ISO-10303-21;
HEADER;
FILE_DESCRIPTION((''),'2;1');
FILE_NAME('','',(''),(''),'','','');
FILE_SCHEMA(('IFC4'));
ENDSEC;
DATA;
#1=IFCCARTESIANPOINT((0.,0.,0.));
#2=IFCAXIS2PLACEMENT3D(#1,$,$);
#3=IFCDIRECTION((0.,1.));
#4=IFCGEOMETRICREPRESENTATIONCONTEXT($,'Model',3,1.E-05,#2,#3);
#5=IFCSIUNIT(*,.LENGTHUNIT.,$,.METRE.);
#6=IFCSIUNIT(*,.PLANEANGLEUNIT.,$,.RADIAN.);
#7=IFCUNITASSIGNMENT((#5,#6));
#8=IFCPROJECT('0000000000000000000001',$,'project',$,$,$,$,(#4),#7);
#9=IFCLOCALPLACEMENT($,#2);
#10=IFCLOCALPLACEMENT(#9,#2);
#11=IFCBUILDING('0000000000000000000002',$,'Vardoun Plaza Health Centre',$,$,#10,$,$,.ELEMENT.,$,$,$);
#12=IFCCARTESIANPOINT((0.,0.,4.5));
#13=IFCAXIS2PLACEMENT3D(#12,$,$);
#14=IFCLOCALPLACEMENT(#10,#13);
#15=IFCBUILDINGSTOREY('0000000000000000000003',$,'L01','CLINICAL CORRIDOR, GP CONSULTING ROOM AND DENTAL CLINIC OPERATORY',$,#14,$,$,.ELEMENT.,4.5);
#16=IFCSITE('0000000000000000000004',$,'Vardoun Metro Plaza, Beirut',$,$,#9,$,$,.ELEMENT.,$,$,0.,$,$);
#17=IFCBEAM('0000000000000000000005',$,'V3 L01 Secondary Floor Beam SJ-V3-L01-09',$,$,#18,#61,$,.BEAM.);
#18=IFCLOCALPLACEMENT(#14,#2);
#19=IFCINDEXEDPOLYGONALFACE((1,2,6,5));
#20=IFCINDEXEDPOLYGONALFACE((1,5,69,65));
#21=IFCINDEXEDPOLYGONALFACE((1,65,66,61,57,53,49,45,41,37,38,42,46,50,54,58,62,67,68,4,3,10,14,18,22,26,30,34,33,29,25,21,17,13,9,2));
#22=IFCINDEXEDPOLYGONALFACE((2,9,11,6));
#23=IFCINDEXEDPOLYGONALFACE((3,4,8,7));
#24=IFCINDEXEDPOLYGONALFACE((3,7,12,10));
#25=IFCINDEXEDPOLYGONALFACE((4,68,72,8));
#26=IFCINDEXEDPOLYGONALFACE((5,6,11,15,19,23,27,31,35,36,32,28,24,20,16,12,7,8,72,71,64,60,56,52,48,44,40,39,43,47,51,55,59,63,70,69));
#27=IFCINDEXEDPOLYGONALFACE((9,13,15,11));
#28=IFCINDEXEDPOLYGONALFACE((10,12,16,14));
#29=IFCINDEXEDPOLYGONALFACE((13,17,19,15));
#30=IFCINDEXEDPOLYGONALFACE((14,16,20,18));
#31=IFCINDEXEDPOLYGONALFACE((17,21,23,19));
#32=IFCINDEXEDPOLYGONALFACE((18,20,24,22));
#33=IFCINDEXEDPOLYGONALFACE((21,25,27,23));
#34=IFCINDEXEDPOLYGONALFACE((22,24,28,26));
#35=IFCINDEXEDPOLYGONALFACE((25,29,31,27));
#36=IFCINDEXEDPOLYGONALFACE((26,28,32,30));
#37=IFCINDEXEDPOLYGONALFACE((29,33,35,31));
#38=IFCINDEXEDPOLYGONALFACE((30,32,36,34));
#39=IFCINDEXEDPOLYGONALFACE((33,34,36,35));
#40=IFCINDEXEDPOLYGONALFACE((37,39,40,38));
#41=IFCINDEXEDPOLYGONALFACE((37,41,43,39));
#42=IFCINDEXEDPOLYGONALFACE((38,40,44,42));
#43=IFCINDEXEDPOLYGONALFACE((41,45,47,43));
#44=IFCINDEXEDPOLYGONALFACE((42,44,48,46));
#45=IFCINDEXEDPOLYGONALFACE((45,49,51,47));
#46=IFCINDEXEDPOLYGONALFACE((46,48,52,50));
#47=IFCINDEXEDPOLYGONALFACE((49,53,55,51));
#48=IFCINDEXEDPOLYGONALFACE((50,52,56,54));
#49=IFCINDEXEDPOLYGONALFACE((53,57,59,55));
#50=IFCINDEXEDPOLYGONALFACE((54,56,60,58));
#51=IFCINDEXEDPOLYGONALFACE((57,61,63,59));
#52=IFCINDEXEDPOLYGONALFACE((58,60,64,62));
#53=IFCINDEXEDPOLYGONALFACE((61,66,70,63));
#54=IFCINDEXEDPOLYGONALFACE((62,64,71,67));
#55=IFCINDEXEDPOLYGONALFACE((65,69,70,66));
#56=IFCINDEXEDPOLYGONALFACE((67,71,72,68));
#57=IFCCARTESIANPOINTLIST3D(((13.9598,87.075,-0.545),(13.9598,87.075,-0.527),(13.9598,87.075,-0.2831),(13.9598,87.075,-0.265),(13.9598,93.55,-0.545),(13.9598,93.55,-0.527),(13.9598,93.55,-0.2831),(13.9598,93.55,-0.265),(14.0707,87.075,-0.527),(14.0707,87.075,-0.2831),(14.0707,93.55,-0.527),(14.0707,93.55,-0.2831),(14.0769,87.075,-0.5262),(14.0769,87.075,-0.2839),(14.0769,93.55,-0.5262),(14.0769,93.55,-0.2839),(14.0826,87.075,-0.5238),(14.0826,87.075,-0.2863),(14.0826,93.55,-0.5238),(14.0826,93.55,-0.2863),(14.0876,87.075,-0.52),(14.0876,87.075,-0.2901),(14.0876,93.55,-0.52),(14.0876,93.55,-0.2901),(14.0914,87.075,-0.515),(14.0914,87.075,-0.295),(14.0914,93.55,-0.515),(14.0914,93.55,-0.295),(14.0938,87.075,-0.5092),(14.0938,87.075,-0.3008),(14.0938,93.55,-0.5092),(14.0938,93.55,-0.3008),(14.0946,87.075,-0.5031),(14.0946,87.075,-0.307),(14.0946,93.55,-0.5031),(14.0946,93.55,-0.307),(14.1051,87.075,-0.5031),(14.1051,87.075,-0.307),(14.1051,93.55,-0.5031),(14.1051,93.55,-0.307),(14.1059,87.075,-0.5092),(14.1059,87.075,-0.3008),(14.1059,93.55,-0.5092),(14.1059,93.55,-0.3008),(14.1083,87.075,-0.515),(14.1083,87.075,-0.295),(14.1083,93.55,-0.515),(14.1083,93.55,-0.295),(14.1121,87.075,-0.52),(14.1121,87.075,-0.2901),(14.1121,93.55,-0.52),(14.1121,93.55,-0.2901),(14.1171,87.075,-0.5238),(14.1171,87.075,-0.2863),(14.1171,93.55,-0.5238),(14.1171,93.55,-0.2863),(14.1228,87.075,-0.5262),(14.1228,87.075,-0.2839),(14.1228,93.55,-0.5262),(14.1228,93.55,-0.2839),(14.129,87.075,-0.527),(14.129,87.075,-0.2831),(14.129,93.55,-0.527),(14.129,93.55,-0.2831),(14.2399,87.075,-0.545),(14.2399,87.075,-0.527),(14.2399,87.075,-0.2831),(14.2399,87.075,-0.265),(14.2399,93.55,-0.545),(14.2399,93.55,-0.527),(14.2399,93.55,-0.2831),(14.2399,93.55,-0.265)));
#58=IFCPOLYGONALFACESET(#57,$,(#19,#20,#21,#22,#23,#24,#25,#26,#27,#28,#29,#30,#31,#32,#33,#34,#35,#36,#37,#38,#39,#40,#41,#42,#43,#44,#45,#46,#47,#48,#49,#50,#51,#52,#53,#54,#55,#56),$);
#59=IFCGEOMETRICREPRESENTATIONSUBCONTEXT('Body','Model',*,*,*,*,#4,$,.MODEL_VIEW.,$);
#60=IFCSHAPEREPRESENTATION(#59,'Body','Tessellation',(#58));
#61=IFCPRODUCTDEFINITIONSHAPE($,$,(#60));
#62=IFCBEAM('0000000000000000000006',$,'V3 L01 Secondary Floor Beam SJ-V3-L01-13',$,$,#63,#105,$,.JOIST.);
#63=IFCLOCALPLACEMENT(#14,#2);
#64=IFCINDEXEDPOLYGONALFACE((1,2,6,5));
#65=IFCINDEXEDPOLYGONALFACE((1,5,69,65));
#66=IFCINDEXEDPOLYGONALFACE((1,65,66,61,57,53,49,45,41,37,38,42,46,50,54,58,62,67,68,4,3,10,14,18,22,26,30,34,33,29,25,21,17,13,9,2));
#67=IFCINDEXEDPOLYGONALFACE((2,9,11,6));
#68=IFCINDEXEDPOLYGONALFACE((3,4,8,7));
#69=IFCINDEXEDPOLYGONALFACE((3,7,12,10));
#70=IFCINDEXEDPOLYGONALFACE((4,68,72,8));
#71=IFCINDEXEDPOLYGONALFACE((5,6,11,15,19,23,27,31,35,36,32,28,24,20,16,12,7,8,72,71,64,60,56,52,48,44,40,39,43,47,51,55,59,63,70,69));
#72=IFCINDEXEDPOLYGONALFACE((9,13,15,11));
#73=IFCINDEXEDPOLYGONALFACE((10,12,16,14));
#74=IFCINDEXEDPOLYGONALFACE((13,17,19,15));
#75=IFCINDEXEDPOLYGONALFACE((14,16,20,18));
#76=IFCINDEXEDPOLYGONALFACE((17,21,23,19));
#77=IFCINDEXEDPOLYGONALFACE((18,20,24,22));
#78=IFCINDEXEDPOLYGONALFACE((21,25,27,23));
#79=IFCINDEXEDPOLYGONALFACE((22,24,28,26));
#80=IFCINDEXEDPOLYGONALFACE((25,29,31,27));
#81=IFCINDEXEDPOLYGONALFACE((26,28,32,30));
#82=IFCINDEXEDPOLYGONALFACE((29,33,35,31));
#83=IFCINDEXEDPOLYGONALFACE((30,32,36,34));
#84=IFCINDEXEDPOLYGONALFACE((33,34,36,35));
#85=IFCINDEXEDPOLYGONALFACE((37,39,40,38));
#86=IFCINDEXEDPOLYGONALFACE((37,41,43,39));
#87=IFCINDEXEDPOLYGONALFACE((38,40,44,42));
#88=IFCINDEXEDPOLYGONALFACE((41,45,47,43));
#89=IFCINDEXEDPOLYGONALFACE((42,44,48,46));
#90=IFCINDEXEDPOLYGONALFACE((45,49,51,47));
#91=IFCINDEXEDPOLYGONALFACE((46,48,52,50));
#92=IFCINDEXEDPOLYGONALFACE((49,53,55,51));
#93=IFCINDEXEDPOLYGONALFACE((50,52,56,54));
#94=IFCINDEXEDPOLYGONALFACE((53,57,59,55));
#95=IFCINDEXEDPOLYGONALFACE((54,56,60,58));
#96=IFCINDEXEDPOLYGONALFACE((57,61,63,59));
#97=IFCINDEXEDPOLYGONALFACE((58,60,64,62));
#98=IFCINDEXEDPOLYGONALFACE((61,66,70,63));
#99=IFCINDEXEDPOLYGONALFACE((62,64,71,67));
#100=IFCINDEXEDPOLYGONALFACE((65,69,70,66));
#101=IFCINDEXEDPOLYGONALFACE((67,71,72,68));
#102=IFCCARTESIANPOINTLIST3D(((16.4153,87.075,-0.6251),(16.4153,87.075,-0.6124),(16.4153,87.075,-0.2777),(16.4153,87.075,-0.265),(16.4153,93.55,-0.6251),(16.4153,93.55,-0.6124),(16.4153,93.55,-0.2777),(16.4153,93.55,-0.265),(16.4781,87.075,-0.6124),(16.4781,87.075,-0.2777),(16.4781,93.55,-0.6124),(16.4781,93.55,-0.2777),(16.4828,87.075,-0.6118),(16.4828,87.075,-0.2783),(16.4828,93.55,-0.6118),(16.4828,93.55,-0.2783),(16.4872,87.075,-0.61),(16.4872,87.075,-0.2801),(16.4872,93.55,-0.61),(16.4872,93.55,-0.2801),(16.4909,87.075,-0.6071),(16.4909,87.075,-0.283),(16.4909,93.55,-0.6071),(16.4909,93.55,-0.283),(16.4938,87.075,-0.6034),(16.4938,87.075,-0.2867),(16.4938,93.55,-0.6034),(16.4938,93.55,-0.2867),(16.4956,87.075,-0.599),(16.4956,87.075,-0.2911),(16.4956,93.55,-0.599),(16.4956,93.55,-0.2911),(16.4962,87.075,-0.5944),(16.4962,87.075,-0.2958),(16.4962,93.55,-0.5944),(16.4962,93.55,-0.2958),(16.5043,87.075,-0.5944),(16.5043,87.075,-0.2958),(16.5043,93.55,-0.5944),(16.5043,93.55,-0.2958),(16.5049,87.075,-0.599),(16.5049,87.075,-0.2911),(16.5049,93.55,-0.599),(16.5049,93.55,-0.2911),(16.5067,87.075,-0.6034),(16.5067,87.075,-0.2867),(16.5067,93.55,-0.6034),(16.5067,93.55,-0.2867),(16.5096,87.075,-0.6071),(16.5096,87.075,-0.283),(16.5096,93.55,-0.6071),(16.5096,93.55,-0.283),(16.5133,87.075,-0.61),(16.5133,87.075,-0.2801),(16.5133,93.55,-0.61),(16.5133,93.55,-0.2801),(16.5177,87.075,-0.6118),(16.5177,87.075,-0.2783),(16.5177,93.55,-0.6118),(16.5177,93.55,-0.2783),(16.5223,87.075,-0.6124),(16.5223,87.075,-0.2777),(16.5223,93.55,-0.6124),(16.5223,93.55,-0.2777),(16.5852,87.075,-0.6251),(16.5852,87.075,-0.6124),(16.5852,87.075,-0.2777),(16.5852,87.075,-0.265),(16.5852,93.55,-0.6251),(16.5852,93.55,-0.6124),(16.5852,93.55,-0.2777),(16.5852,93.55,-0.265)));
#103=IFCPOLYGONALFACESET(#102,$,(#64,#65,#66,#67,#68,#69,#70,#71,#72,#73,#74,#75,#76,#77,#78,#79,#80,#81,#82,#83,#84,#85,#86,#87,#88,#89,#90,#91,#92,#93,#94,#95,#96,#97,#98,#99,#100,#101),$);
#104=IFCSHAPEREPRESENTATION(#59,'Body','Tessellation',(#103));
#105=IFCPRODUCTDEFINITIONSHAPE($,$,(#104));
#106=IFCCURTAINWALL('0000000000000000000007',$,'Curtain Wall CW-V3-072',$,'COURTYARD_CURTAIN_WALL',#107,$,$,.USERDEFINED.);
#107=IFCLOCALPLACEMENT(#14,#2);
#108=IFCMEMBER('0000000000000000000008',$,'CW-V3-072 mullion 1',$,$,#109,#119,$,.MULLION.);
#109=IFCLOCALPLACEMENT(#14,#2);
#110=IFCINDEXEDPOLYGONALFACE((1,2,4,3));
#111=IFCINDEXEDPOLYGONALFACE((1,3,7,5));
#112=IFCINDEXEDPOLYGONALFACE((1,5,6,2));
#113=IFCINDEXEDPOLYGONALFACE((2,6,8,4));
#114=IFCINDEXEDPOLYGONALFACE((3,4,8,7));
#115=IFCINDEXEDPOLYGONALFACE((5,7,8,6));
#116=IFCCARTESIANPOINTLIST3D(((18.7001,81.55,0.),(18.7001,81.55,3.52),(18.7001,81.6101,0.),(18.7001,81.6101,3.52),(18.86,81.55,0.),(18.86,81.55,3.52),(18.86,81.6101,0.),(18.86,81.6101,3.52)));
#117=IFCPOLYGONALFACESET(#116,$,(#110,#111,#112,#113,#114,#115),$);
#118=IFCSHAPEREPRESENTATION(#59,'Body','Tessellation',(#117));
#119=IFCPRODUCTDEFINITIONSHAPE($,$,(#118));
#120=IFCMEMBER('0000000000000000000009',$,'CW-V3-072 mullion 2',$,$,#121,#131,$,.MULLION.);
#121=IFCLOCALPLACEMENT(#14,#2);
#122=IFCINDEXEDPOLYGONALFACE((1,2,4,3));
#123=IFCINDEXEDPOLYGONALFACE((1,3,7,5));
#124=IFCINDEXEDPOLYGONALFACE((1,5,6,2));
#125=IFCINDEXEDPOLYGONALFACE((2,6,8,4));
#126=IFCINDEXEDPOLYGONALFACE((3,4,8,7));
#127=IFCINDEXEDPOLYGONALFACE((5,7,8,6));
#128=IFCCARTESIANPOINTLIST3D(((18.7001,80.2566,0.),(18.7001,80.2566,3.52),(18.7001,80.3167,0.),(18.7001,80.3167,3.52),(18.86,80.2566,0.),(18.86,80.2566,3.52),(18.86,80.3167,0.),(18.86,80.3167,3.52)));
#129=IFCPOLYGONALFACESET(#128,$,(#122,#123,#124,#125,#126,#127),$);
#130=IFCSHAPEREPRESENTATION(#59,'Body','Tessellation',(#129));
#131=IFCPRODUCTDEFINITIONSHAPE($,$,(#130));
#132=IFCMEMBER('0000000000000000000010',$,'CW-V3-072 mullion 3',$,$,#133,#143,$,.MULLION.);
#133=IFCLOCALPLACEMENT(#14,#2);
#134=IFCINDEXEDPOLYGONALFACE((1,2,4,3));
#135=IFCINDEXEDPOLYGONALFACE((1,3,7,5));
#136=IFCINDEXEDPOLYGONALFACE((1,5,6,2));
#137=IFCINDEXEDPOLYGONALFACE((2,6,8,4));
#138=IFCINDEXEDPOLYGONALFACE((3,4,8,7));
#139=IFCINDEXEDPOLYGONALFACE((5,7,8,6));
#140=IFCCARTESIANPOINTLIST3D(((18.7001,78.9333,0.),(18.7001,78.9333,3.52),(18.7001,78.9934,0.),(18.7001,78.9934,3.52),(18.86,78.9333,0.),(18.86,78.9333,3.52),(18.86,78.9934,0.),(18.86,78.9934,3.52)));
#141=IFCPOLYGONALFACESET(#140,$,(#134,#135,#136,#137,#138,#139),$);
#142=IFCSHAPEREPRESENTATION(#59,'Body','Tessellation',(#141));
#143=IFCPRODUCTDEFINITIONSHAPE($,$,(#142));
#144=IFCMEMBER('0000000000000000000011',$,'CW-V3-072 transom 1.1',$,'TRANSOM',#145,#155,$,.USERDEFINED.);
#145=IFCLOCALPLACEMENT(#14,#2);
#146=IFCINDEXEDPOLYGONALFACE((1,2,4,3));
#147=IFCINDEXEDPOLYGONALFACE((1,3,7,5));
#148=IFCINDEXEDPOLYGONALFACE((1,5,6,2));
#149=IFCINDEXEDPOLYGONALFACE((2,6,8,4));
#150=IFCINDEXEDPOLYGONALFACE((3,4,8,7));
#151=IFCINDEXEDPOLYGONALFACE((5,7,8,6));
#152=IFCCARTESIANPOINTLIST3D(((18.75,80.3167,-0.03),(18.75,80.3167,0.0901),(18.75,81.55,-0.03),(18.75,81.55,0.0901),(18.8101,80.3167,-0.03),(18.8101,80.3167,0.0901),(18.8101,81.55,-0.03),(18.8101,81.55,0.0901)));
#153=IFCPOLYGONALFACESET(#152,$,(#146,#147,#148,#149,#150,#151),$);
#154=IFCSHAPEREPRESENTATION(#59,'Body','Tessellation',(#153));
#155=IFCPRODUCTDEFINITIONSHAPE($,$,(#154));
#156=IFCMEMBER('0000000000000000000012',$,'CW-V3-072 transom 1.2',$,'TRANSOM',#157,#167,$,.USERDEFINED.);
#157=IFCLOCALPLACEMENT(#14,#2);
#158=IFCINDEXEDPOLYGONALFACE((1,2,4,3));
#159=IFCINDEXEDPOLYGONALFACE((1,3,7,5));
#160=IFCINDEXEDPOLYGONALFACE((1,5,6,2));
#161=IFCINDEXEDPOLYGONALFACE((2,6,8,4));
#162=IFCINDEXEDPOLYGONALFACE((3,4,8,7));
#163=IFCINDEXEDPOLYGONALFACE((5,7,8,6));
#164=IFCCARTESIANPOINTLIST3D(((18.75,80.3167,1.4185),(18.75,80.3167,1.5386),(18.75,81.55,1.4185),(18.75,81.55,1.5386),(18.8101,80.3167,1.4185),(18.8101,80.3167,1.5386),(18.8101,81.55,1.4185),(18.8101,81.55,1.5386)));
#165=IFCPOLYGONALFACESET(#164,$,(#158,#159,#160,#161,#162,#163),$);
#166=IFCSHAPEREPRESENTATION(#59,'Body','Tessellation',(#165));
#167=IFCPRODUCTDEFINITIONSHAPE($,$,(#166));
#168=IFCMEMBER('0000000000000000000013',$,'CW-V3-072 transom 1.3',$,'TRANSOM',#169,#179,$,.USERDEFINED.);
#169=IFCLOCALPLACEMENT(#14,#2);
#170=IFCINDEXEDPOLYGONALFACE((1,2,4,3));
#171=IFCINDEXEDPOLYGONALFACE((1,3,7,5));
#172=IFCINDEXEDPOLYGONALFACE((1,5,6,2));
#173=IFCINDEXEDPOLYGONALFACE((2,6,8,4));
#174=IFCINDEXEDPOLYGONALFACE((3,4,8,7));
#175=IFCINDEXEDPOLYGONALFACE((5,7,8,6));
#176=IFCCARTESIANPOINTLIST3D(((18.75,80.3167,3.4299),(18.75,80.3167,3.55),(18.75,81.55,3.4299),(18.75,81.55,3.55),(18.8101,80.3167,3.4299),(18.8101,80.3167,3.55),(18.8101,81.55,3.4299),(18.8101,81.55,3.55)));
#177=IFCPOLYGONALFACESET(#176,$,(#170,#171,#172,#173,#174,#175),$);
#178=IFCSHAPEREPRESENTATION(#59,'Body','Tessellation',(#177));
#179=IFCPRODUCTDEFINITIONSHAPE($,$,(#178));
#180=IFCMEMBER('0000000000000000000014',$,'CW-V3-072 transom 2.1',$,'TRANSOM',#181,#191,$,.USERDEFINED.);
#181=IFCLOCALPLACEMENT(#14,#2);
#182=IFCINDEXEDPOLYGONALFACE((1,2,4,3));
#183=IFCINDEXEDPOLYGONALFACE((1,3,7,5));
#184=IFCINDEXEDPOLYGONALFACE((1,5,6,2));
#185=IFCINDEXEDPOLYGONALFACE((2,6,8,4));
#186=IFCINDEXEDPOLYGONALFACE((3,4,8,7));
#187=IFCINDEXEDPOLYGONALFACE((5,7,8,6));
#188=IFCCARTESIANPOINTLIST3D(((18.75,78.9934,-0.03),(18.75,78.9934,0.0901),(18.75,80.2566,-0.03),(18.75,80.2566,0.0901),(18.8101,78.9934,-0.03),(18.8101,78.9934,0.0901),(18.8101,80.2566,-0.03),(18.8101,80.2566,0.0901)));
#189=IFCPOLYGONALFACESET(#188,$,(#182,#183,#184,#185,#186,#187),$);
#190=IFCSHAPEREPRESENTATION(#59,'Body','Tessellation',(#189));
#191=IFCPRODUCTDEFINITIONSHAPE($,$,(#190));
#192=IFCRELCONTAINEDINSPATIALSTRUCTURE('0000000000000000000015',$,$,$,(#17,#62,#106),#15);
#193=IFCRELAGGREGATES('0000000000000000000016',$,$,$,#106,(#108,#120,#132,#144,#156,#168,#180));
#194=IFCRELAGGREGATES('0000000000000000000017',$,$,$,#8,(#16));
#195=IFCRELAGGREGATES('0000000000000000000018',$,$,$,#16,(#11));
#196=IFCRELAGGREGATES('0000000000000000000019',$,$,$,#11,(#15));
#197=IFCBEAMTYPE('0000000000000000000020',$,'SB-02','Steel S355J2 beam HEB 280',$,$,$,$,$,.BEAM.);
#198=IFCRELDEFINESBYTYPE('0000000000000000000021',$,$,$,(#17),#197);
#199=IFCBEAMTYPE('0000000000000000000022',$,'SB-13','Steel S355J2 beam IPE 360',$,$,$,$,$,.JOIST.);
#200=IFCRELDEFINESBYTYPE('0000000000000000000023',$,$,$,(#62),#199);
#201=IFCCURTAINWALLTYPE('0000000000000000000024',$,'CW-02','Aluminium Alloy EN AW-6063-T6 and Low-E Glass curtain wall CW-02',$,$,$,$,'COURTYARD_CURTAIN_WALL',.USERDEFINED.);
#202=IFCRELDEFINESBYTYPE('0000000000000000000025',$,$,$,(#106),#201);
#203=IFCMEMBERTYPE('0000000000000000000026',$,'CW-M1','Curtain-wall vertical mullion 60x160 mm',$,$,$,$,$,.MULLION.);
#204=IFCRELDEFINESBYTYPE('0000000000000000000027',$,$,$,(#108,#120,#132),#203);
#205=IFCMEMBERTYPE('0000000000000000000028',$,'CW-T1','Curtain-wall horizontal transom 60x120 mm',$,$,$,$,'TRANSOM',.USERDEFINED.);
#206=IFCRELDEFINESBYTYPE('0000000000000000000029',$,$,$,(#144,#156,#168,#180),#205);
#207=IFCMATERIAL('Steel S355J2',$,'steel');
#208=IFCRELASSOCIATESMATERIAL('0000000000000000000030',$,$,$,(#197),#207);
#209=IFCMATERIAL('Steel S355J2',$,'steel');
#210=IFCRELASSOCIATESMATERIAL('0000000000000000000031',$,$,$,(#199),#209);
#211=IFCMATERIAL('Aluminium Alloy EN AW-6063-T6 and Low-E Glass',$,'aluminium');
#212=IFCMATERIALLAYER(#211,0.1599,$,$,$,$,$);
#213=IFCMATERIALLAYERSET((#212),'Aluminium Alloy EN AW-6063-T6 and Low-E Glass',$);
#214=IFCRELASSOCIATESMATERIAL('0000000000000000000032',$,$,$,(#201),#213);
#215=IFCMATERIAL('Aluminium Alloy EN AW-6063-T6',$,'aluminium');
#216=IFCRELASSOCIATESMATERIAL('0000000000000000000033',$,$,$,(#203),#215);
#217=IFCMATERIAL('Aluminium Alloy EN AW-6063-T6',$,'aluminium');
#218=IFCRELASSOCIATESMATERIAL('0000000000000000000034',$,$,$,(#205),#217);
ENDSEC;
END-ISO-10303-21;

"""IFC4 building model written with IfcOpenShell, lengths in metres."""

from ifc_helpers import new_model, si_unit, direction, frame, origin, origin_2d, place, context, subcontext, project, spatial, rectangle, i_section, extrude, material, layer, layer_set, material_profile, profile_set, type_object, element, aggregate, save


model = new_model("IFC4")

# Units and contexts
model_context = context("Model", 3, precision=1e-05, world=origin(), true_north=direction((0.0, 1.0)))
body_context = subcontext(model_context, "Body", "Model", "MODEL_VIEW")
ifc_project = project(units=[si_unit("LENGTHUNIT", "METRE"), si_unit("PLANEANGLEUNIT", "RADIAN")], contexts=[model_context])

# Site, building, storey
site_placement = place(None, origin())
site = spatial("IfcSite", under=ifc_project, at=site_placement, Name="Vardoun Metro Plaza, Beirut", CompositionType="ELEMENT", RefElevation=0.0)
building_placement = place(site_placement, origin())
building = spatial("IfcBuilding", under=site, at=building_placement, Name="Vardoun Plaza Health Centre", CompositionType="ELEMENT")
storey_placement = place(building_placement, frame((0.0, 0.0, 4.5)))
storey = spatial("IfcBuildingStorey", under=building, at=storey_placement, Name="L01", Description="CLINICAL CORRIDOR, GP CONSULTING ROOM AND DENTAL CLINIC OPERATORY", CompositionType="ELEMENT", Elevation=4.5)

# Beams
ifc_material_1 = material(Name="Steel S355J2", Category="steel")
ifc_material_profile_1 = material_profile(ifc_material_1, i_section(OverallWidth=0.28, OverallDepth=0.28, WebThickness=0.0105, FlangeThickness=0.0181, FilletRadius=0.0239, at=origin_2d()), Name="HEB 280")
ifc_profile_set_1 = profile_set([ifc_material_profile_1], Name="Steel S355J2")
beam_type_1 = type_object("IfcBeamType", Name="SB-02", Description="Steel S355J2 beam HEB 280", PredefinedType="BEAM", material=ifc_profile_set_1)
beam_1_placement = place(storey_placement, frame((14.0999, 87.075, -0.405), z_axis=(0.0, 1.0, 0.0), x_axis=(-1.0, 0.0, 0.0)))
element("IfcBeam", 1, at=beam_1_placement, inside=storey, type_object=beam_type_1, Name="V3 L01 Secondary Floor Beam SJ-V3-L01-09", PredefinedType="BEAM", context=body_context, shape_type="SweptSolid", body=[
    extrude(i_section(OverallWidth=0.28, OverallDepth=0.28, WebThickness=0.0105, FlangeThickness=0.0181, FilletRadius=0.0239, at=origin_2d()), origin(), (0.0, 0.0, 1.0), 6.4751),
])
ifc_material_2 = material(Name="Steel S355J2", Category="steel")
ifc_material_profile_2 = material_profile(ifc_material_2, i_section(OverallWidth=0.1699, OverallDepth=0.3601, WebThickness=0.0081, FlangeThickness=0.0127, FilletRadius=0.0181, at=origin_2d()), Name="IPE 360")
ifc_profile_set_2 = profile_set([ifc_material_profile_2], Name="Steel S355J2")
beam_type_2 = type_object("IfcBeamType", Name="SB-13", Description="Steel S355J2 beam IPE 360", PredefinedType="JOIST", material=ifc_profile_set_2)
beam_2_placement = place(storey_placement, frame((16.5002, 87.075, -0.4451), z_axis=(0.0, 1.0, 0.0), x_axis=(-1.0, 0.0, 0.0)))
element("IfcBeam", 2, at=beam_2_placement, inside=storey, type_object=beam_type_2, Name="V3 L01 Secondary Floor Beam SJ-V3-L01-13", PredefinedType="JOIST", context=body_context, shape_type="SweptSolid", body=[
    extrude(i_section(OverallWidth=0.1699, OverallDepth=0.3601, WebThickness=0.0081, FlangeThickness=0.0127, FilletRadius=0.0181, at=origin_2d()), origin(), (0.0, 0.0, 1.0), 6.4751),
])

# Curtain wall, members
ifc_material_3 = material(Name="Aluminium Alloy EN AW-6063-T6 and Low-E Glass", Category="aluminium")
ifc_layer_1 = layer(ifc_material_3, 0.1599)
ifc_layer_set_1 = layer_set([ifc_layer_1], Name="Aluminium Alloy EN AW-6063-T6 and Low-E Glass")
curtain_wall_type = type_object("IfcCurtainWallType", Name="CW-02", Description="Aluminium Alloy EN AW-6063-T6 and Low-E Glass curtain wall CW-02", ElementType="COURTYARD_CURTAIN_WALL", PredefinedType="USERDEFINED", material=ifc_layer_set_1)
curtain_wall_placement = place(storey_placement, origin())
curtain_wall = element("IfcCurtainWall", 3, at=curtain_wall_placement, inside=storey, type_object=curtain_wall_type, Name="Curtain Wall CW-V3-072", ObjectType="COURTYARD_CURTAIN_WALL", PredefinedType="USERDEFINED")
ifc_material_4 = material(Name="Aluminium Alloy EN AW-6063-T6", Category="aluminium")
ifc_material_profile_3 = material_profile(ifc_material_4, rectangle(XDim=0.1599, YDim=0.0601, at=origin_2d()), Name="CWM 60x160")
ifc_profile_set_3 = profile_set([ifc_material_profile_3], Name="Aluminium Alloy EN AW-6063-T6")
member_type_1 = type_object("IfcMemberType", Name="CW-M1", Description="Curtain-wall vertical mullion 60x160 mm", PredefinedType="MULLION", material=ifc_profile_set_3)
member_1_placement = place(storey_placement, frame((18.78, 81.5801, 0.0), z_axis=(0.0, 0.0, 1.0), x_axis=(1.0, 0.0, 0.0)))
member_1 = element("IfcMember", 4, at=member_1_placement, type_object=member_type_1, Name="CW-V3-072 mullion 1", PredefinedType="MULLION", context=body_context, shape_type="SweptSolid", body=[
    extrude(rectangle(XDim=0.1599, YDim=0.0601, at=origin_2d()), origin(), (0.0, 0.0, 1.0), 3.52),
])
member_2_placement = place(storey_placement, frame((18.78, 80.2866, 0.0), z_axis=(0.0, 0.0, 1.0), x_axis=(1.0, 0.0, 0.0)))
member_2 = element("IfcMember", 5, at=member_2_placement, type_object=member_type_1, Name="CW-V3-072 mullion 2", PredefinedType="MULLION", context=body_context, shape_type="SweptSolid", body=[
    extrude(rectangle(XDim=0.1599, YDim=0.0601, at=origin_2d()), origin(), (0.0, 0.0, 1.0), 3.52),
])
member_3_placement = place(storey_placement, frame((18.78, 78.9634, 0.0), z_axis=(0.0, 0.0, 1.0), x_axis=(1.0, 0.0, 0.0)))
member_3 = element("IfcMember", 6, at=member_3_placement, type_object=member_type_1, Name="CW-V3-072 mullion 3", PredefinedType="MULLION", context=body_context, shape_type="SweptSolid", body=[
    extrude(rectangle(XDim=0.1599, YDim=0.0601, at=origin_2d()), origin(), (0.0, 0.0, 1.0), 3.52),
])
ifc_material_5 = material(Name="Aluminium Alloy EN AW-6063-T6", Category="aluminium")
ifc_material_profile_4 = material_profile(ifc_material_5, rectangle(XDim=0.0601, YDim=0.1201, at=origin_2d()), Name="CWT 60x120")
ifc_profile_set_4 = profile_set([ifc_material_profile_4], Name="Aluminium Alloy EN AW-6063-T6")
member_type_2 = type_object("IfcMemberType", Name="CW-T1", Description="Curtain-wall horizontal transom 60x120 mm", ElementType="TRANSOM", PredefinedType="USERDEFINED", material=ifc_profile_set_4)
member_4_placement = place(storey_placement, frame((18.78, 81.55, 0.03), z_axis=(0.0, -1.0, 0.0), x_axis=(1.0, 0.0, 0.0)))
member_4 = element("IfcMember", 7, at=member_4_placement, type_object=member_type_2, Name="CW-V3-072 transom 1.1", ObjectType="TRANSOM", PredefinedType="USERDEFINED", context=body_context, shape_type="SweptSolid", body=[
    extrude(rectangle(XDim=0.0601, YDim=0.1201, at=origin_2d()), origin(), (0.0, 0.0, 1.0), 1.2334),
])
member_5_placement = place(storey_placement, frame((18.78, 81.55, 1.4785), z_axis=(0.0, -1.0, 0.0), x_axis=(1.0, 0.0, 0.0)))
member_5 = element("IfcMember", 8, at=member_5_placement, type_object=member_type_2, Name="CW-V3-072 transom 1.2", ObjectType="TRANSOM", PredefinedType="USERDEFINED", context=body_context, shape_type="SweptSolid", body=[
    extrude(rectangle(XDim=0.0601, YDim=0.1201, at=origin_2d()), origin(), (0.0, 0.0, 1.0), 1.2334),
])
member_6_placement = place(storey_placement, frame((18.78, 81.55, 3.49), z_axis=(0.0, -1.0, 0.0), x_axis=(1.0, 0.0, 0.0)))
member_6 = element("IfcMember", 9, at=member_6_placement, type_object=member_type_2, Name="CW-V3-072 transom 1.3", ObjectType="TRANSOM", PredefinedType="USERDEFINED", context=body_context, shape_type="SweptSolid", body=[
    extrude(rectangle(XDim=0.0601, YDim=0.1201, at=origin_2d()), origin(), (0.0, 0.0, 1.0), 1.2334),
])
member_7_placement = place(storey_placement, frame((18.78, 80.2566, 0.03), z_axis=(0.0, -1.0, 0.0), x_axis=(1.0, 0.0, 0.0)))
member_7 = element("IfcMember", 10, at=member_7_placement, type_object=member_type_2, Name="CW-V3-072 transom 2.1", ObjectType="TRANSOM", PredefinedType="USERDEFINED", context=body_context, shape_type="SweptSolid", body=[
    extrude(rectangle(XDim=0.0601, YDim=0.1201, at=origin_2d()), origin(), (0.0, 0.0, 1.0), 1.2632),
])
aggregate(curtain_wall, [member_1, member_2, member_3, member_4, member_5, member_6, member_7])

save(model, "model.ifc")
